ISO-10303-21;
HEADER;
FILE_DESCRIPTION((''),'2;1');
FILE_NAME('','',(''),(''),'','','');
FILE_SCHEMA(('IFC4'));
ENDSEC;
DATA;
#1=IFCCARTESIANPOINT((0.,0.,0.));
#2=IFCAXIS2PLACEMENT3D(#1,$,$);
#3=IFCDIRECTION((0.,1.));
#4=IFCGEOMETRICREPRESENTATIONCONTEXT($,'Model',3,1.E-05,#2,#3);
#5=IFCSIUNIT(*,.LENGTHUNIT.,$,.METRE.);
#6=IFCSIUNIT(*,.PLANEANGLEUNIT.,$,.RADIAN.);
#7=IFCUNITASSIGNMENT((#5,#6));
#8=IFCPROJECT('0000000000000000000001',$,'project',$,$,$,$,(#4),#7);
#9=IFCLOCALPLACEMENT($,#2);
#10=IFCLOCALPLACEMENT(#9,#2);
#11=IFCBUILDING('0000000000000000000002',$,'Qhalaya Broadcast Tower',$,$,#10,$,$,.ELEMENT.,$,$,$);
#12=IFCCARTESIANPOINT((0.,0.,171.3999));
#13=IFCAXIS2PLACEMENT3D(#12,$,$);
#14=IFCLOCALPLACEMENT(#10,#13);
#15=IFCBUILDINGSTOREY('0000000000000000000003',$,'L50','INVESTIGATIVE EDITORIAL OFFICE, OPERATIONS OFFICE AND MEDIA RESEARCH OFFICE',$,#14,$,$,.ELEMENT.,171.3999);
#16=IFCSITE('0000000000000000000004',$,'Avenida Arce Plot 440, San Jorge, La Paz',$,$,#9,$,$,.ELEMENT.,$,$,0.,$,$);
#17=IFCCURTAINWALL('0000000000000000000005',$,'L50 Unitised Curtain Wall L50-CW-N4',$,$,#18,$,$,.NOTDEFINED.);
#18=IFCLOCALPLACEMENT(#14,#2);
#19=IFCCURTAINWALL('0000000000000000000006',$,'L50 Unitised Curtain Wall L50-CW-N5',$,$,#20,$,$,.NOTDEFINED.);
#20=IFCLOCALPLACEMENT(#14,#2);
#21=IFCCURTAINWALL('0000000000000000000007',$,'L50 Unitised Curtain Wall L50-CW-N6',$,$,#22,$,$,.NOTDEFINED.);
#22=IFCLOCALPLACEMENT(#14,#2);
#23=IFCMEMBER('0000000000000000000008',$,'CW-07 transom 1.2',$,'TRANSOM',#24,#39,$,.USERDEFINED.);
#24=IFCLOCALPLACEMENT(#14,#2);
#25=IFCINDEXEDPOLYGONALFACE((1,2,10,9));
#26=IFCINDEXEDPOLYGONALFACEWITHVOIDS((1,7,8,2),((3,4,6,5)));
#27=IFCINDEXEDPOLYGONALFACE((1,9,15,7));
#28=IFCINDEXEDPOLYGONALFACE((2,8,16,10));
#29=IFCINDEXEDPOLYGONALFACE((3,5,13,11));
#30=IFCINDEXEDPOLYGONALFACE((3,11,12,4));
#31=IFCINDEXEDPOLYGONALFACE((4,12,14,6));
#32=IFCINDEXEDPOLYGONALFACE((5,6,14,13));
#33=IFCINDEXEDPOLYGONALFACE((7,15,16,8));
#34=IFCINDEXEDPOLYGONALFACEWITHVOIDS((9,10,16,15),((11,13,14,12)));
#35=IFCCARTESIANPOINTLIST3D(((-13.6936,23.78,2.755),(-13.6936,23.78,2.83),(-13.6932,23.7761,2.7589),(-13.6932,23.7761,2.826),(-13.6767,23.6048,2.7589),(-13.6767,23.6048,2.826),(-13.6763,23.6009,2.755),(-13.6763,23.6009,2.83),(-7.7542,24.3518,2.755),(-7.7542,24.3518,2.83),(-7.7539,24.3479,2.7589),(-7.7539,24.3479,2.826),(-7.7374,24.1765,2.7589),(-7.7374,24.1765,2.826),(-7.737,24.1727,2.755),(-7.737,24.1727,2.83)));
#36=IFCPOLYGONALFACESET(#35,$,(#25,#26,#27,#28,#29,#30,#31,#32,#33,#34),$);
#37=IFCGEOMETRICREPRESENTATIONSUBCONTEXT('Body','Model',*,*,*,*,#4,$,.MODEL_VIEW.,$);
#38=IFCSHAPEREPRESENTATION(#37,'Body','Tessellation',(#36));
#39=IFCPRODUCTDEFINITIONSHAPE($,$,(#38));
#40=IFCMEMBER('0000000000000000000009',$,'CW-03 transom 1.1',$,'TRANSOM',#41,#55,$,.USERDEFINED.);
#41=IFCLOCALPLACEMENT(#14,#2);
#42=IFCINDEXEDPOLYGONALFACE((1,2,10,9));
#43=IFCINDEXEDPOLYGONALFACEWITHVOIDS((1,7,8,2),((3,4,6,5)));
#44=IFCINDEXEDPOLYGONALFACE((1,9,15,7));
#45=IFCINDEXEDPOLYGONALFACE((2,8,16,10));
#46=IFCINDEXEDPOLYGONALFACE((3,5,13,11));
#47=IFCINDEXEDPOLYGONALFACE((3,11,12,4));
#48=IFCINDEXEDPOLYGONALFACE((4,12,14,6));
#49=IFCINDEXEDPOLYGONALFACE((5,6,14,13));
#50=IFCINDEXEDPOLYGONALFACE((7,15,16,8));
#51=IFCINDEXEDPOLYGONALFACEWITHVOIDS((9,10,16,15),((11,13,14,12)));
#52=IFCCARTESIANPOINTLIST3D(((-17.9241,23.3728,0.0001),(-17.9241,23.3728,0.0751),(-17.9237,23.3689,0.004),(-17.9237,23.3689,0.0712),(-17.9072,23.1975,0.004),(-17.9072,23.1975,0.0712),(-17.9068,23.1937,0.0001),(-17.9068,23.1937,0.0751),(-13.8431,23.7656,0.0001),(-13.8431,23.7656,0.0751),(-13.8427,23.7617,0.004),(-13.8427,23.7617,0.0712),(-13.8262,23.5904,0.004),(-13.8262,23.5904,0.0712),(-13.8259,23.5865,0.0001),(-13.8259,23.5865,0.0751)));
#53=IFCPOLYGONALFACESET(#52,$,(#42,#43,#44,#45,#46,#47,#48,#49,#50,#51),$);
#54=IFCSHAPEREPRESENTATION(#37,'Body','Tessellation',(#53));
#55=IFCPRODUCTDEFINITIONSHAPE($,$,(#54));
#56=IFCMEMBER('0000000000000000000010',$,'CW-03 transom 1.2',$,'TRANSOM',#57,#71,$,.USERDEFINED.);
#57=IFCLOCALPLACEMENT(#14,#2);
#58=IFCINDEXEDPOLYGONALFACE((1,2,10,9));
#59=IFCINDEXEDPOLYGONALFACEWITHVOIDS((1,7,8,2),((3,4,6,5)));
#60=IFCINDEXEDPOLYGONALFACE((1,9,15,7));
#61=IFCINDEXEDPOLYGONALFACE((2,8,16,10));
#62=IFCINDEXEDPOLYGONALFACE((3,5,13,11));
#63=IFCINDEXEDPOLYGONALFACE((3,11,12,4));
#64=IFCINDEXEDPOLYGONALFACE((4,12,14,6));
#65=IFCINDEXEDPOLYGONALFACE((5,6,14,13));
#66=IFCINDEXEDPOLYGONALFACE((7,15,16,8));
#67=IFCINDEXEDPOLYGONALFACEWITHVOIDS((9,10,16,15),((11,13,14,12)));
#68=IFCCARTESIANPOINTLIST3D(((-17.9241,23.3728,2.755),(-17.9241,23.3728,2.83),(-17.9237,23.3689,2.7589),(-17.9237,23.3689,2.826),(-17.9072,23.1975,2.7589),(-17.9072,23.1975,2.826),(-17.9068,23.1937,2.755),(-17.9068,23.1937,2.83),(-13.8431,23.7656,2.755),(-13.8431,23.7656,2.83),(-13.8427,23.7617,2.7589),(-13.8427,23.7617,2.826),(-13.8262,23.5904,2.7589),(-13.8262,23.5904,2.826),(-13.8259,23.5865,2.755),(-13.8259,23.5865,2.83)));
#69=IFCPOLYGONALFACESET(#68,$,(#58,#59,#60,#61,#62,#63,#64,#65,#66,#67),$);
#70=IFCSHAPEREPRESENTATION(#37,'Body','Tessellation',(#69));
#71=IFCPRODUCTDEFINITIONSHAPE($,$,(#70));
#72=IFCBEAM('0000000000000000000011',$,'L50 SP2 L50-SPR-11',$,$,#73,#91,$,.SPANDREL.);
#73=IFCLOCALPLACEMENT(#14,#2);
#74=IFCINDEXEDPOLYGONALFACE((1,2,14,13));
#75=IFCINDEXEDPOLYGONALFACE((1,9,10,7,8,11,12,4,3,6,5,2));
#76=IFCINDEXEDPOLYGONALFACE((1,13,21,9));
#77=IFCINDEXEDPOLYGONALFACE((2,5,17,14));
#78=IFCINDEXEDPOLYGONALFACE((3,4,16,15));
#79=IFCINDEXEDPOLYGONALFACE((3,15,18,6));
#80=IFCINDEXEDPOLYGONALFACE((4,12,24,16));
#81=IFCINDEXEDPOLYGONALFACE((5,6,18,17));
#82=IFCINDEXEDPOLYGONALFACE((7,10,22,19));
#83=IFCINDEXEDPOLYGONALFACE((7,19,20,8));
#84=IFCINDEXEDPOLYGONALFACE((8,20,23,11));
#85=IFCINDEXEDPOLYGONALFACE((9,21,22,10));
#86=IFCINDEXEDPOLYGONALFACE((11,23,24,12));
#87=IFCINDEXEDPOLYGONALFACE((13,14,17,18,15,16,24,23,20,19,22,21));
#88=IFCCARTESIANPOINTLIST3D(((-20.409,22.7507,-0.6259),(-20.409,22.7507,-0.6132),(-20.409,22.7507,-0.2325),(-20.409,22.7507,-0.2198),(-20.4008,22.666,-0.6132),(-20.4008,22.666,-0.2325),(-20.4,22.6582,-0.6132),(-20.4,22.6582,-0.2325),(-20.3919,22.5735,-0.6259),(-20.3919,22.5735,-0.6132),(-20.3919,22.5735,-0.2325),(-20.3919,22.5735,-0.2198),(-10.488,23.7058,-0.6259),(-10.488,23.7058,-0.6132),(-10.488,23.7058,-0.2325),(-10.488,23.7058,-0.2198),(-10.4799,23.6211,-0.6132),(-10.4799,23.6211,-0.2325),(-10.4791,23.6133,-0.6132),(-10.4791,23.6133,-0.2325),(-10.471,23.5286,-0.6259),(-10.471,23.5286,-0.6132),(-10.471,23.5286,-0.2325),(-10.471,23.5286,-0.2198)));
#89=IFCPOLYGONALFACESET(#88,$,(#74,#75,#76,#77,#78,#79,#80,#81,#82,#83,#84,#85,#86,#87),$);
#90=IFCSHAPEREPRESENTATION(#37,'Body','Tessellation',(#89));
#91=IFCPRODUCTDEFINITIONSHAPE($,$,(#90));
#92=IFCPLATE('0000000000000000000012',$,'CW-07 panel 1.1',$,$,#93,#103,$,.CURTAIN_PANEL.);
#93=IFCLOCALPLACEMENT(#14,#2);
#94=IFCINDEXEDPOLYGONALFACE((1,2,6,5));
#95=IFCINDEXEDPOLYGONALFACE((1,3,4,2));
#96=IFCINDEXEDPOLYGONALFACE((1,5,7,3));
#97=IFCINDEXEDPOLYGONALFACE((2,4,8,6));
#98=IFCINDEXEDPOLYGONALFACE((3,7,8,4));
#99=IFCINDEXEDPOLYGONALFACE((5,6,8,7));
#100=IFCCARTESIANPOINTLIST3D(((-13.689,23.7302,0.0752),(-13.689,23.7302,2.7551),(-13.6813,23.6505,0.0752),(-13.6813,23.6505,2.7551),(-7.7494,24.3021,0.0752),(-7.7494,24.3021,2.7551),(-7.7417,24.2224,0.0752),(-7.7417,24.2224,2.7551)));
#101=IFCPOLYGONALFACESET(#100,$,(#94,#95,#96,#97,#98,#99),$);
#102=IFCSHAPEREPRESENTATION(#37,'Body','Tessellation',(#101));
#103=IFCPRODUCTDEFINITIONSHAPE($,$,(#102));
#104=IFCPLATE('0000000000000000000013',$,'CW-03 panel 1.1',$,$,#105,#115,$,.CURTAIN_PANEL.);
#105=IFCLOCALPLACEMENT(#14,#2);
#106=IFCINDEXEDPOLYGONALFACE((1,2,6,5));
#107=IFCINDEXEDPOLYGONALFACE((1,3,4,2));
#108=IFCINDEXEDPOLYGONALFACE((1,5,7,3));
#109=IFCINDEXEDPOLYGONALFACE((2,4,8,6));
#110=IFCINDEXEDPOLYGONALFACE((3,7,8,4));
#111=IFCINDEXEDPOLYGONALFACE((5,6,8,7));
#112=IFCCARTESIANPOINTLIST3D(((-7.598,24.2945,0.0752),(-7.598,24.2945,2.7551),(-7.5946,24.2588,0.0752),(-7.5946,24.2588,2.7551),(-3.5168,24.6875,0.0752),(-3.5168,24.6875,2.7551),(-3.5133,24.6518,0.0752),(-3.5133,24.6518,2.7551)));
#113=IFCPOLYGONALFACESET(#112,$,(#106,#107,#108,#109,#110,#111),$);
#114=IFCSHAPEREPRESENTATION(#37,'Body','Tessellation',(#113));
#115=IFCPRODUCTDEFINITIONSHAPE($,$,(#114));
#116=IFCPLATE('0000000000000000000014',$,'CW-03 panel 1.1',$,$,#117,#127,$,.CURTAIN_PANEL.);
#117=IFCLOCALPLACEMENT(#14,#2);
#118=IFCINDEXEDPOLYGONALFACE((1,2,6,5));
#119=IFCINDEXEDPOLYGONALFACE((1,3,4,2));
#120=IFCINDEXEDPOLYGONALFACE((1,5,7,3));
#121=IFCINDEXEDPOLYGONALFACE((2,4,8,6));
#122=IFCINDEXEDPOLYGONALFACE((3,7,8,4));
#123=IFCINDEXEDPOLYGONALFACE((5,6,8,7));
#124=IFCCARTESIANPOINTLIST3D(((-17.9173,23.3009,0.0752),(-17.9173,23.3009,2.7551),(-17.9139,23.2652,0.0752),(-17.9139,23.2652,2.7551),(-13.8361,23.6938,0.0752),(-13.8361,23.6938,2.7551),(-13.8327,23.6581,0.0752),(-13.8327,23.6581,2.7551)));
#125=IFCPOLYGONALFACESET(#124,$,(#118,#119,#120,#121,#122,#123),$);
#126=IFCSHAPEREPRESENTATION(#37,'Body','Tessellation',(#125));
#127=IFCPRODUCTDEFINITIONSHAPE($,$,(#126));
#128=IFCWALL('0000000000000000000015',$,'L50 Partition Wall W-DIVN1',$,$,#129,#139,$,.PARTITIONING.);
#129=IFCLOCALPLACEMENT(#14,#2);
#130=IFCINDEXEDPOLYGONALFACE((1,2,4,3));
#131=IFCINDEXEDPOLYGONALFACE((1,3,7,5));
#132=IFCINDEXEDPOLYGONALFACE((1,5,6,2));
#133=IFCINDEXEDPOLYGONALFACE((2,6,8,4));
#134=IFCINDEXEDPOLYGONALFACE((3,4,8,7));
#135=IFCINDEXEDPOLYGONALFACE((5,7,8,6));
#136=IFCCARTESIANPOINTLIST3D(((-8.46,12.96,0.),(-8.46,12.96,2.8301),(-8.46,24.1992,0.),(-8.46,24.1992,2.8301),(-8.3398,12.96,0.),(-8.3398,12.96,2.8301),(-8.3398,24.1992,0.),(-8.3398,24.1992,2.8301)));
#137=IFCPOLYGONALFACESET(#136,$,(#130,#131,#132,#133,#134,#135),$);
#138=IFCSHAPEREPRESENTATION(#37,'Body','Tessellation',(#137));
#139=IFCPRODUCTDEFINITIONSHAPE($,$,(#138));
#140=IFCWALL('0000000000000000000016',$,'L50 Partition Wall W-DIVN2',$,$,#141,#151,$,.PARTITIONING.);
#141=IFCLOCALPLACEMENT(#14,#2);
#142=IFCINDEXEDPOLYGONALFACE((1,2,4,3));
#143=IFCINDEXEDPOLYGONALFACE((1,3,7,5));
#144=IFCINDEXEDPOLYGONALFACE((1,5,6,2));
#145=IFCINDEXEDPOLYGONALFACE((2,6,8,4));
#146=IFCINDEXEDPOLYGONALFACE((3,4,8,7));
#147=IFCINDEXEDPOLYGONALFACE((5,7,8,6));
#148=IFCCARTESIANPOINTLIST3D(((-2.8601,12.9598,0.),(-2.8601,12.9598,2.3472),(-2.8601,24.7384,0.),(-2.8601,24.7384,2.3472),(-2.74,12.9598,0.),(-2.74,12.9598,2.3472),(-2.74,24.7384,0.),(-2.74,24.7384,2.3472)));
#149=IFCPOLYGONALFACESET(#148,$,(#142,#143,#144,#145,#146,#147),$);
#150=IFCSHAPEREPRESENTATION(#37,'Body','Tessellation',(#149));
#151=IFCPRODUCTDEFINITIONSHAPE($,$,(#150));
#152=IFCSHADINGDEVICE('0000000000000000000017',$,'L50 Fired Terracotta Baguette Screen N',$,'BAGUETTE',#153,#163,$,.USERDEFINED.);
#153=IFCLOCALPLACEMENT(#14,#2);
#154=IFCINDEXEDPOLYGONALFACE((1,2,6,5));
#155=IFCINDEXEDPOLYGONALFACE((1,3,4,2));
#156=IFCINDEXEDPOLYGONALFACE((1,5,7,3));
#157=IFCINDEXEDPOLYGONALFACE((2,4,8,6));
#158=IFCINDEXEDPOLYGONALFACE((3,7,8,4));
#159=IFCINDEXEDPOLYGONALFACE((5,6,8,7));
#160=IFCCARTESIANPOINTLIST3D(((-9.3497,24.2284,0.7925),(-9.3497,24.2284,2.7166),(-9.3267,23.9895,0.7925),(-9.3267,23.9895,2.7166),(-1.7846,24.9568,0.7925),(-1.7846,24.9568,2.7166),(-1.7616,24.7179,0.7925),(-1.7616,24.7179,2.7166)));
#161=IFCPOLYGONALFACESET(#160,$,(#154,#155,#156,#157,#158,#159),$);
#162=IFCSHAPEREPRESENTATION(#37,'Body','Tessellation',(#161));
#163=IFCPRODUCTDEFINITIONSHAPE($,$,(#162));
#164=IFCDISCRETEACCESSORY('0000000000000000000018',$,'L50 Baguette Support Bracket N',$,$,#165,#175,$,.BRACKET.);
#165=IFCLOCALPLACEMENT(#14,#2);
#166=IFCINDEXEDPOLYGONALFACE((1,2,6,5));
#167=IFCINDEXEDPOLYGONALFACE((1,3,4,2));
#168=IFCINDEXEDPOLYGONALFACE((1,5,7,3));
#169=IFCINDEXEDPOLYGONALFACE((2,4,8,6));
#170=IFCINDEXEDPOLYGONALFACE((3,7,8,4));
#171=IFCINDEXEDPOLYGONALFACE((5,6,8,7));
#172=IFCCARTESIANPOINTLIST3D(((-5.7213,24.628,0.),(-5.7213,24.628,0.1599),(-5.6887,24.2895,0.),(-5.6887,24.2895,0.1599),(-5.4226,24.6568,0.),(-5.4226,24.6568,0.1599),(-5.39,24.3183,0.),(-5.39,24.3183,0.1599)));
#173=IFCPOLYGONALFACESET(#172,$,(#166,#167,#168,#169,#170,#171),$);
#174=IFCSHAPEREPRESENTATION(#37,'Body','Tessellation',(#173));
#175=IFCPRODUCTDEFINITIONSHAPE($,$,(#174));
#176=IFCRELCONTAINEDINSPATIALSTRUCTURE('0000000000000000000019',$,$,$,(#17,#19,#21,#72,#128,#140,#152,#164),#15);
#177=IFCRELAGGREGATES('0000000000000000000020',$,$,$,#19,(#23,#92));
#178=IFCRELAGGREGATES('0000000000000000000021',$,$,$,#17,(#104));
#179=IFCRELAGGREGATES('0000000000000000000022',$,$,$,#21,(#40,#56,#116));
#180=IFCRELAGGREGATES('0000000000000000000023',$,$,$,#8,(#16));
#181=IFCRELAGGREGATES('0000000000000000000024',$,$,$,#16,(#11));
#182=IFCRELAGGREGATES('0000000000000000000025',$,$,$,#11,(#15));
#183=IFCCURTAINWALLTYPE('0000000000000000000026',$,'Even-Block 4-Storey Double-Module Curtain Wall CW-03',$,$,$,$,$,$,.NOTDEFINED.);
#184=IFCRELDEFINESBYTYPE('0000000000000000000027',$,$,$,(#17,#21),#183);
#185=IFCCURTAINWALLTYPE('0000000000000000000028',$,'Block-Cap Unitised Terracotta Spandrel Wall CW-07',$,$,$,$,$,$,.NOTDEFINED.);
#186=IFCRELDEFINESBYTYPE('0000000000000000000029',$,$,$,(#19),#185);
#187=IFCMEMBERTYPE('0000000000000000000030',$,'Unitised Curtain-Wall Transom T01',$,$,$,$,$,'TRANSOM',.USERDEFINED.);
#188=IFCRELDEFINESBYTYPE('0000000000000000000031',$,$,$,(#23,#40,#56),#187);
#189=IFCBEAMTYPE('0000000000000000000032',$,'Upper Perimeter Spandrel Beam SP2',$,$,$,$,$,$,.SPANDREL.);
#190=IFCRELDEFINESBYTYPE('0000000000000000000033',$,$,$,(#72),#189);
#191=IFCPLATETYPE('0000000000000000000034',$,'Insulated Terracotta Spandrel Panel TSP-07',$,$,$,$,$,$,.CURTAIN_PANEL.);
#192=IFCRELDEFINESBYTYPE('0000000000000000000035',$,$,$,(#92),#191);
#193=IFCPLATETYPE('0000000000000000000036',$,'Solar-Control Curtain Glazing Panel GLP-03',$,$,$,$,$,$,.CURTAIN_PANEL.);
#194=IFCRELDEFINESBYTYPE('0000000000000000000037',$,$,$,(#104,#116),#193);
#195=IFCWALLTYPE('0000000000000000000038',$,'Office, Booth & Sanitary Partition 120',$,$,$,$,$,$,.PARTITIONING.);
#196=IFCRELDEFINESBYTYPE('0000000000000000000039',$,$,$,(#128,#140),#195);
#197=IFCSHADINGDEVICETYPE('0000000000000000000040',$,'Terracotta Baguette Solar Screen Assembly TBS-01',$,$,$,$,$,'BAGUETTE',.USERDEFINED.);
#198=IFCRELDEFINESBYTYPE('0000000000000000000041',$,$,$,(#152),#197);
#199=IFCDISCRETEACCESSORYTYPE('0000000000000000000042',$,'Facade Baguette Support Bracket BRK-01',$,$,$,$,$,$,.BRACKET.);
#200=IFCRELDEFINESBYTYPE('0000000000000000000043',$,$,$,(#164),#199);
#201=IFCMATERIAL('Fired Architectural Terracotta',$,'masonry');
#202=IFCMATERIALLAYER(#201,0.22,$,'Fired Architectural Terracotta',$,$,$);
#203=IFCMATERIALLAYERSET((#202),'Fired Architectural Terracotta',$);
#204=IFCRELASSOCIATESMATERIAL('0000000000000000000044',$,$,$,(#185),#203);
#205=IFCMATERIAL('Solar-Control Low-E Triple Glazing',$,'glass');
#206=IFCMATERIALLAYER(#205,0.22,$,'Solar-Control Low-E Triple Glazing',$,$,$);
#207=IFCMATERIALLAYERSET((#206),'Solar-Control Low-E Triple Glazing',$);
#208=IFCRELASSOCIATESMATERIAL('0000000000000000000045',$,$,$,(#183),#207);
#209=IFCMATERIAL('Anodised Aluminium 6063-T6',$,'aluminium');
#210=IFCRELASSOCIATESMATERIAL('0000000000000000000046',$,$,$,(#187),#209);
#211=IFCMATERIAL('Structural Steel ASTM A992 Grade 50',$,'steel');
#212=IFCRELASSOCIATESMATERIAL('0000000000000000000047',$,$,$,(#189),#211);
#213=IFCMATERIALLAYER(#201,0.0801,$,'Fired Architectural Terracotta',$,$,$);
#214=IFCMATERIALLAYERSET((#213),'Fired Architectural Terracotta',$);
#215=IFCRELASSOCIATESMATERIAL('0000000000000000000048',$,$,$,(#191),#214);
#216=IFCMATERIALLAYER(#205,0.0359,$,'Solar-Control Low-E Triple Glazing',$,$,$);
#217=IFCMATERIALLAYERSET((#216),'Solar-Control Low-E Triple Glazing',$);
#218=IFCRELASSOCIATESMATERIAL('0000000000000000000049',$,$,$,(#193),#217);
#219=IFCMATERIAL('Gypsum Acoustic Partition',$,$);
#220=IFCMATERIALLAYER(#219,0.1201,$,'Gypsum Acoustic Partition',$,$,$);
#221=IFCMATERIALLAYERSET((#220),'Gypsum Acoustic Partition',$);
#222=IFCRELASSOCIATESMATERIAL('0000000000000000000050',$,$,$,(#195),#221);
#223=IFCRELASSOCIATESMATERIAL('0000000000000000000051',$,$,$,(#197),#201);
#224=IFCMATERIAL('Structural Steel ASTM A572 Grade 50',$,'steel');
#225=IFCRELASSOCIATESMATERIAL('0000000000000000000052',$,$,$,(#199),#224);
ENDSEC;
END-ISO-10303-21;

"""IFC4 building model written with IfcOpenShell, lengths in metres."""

from ifc_helpers import new_model, si_unit, direction, frame, frame_2d, origin, origin_2d, place, context, subcontext, project, spatial, rectangle, hollow_rectangle, i_section, extrude, material, layer, layer_set, material_profile, profile_set, type_object, element, aggregate, save


model = new_model("IFC4")

# Units and contexts
model_context = context("Model", 3, precision=1e-05, world=origin(), true_north=direction((0.0, 1.0)))
body_context = subcontext(model_context, "Body", "Model", "MODEL_VIEW")
ifc_project = project(units=[si_unit("LENGTHUNIT", "METRE"), si_unit("PLANEANGLEUNIT", "RADIAN")], contexts=[model_context])

# Site, building, storey
site_placement = place(None, origin())
site = spatial("IfcSite", under=ifc_project, at=site_placement, Name="Avenida Arce Plot 440, San Jorge, La Paz", CompositionType="ELEMENT", RefElevation=0.0)
building_placement = place(site_placement, origin())
building = spatial("IfcBuilding", under=site, at=building_placement, Name="Qhalaya Broadcast Tower", CompositionType="ELEMENT")
storey_placement = place(building_placement, frame((0.0, 0.0, 171.3999)))
storey = spatial("IfcBuildingStorey", under=building, at=storey_placement, Name="L50", Description="INVESTIGATIVE EDITORIAL OFFICE, OPERATIONS OFFICE AND MEDIA RESEARCH OFFICE", CompositionType="ELEMENT", Elevation=171.3999)

# Shared definitions
ifc_material_1 = material(Name="Structural Steel ASTM A572 Grade 50", Category="steel")

# Shared definitions
ifc_material_2 = material(Name="Fired Architectural Terracotta", Category="masonry")
ifc_layer_1 = layer(ifc_material_2, 0.22, Name="Fired Architectural Terracotta")
ifc_layer_set_1 = layer_set([ifc_layer_1], Name="Fired Architectural Terracotta")
curtain_wall_type_1 = type_object("IfcCurtainWallType", Name="Block-Cap Unitised Terracotta Spandrel Wall CW-07", PredefinedType="NOTDEFINED", material=ifc_layer_set_1)
ifc_material_3 = material(Name="Anodised Aluminium 6063-T6", Category="aluminium")

# Curtain walls
ifc_material_4 = material(Name="Solar-Control Low-E Triple Glazing", Category="glass")
ifc_layer_2 = layer(ifc_material_4, 0.22, Name="Solar-Control Low-E Triple Glazing")
ifc_layer_set_2 = layer_set([ifc_layer_2], Name="Solar-Control Low-E Triple Glazing")
curtain_wall_type_2 = type_object("IfcCurtainWallType", Name="Even-Block 4-Storey Double-Module Curtain Wall CW-03", PredefinedType="NOTDEFINED", material=ifc_layer_set_2)
curtain_wall_1_placement = place(storey_placement, origin())
curtain_wall_1 = element("IfcCurtainWall", 1, at=curtain_wall_1_placement, inside=storey, type_object=curtain_wall_type_2, Name="L50 Unitised Curtain Wall L50-CW-N4", PredefinedType="NOTDEFINED")
curtain_wall_2_placement = place(storey_placement, origin())
curtain_wall_2 = element("IfcCurtainWall", 2, at=curtain_wall_2_placement, inside=storey, type_object=curtain_wall_type_1, Name="L50 Unitised Curtain Wall L50-CW-N5", PredefinedType="NOTDEFINED")

# Curtain wall
curtain_wall_3_placement = place(storey_placement, origin())
curtain_wall_3 = element("IfcCurtainWall", 3, at=curtain_wall_3_placement, inside=storey, type_object=curtain_wall_type_2, Name="L50 Unitised Curtain Wall L50-CW-N6", PredefinedType="NOTDEFINED")

# Members
ifc_material_profile_1 = material_profile(ifc_material_3, hollow_rectangle(XDim=0.075, YDim=0.1799, WallThickness=0.0039, at=origin_2d()), Name="ALU-TRN 75x180x4")
ifc_profile_set_1 = profile_set([ifc_material_profile_1], Name="Anodised Aluminium 6063-T6")
member_type_1 = type_object("IfcMemberType", Name="Unitised Curtain-Wall Transom T01", ElementType="TRANSOM", PredefinedType="USERDEFINED", material=ifc_profile_set_1)
member_1_placement = place(storey_placement, frame((-7.7456, 24.2622, 2.7925), z_axis=(-0.995398, -0.095825, 0.0), x_axis=(0.0, 0.0, 1.0)))
member_1 = element("IfcMember", 4, at=member_1_placement, type_object=member_type_1, Name="CW-07 transom 1.2", ObjectType="TRANSOM", PredefinedType="USERDEFINED", context=body_context, shape_type="SweptSolid", body=[
    extrude(hollow_rectangle(XDim=0.075, YDim=0.1799, WallThickness=0.0039, at=origin_2d()), origin(), (0.0, 0.0, 1.0), 5.9668),
])
member_2_placement = place(storey_placement, frame((-13.8345, 23.676, 0.0376), z_axis=(-0.995399, -0.095812, 0.0), x_axis=(0.0, 0.0, 1.0)))
member_2 = element("IfcMember", 5, at=member_2_placement, type_object=member_type_1, Name="CW-03 transom 1.1", ObjectType="TRANSOM", PredefinedType="USERDEFINED", context=body_context, shape_type="SweptSolid", body=[
    extrude(hollow_rectangle(XDim=0.075, YDim=0.1799, WallThickness=0.0039, at=origin_2d()), origin(), (0.0, 0.0, 1.0), 4.0999),
])
member_3_placement = place(storey_placement, frame((-13.8345, 23.676, 2.7925), z_axis=(-0.995399, -0.095812, 0.0), x_axis=(0.0, 0.0, 1.0)))
member_3 = element("IfcMember", 6, at=member_3_placement, type_object=member_type_1, Name="CW-03 transom 1.2", ObjectType="TRANSOM", PredefinedType="USERDEFINED", context=body_context, shape_type="SweptSolid", body=[
    extrude(hollow_rectangle(XDim=0.075, YDim=0.1799, WallThickness=0.0039, at=origin_2d()), origin(), (0.0, 0.0, 1.0), 4.0999),
])

# Beam
ifc_material_5 = material(Name="Structural Steel ASTM A992 Grade 50", Category="steel")
ifc_material_profile_2 = material_profile(ifc_material_5, i_section(OverallWidth=0.178, OverallDepth=0.406, WebThickness=0.0078, FlangeThickness=0.0127, at=origin_2d()), Name="W16X40")
ifc_profile_set_2 = profile_set([ifc_material_profile_2], Name="Structural Steel ASTM A992 Grade 50")
beam_type = type_object("IfcBeamType", Name="Upper Perimeter Spandrel Beam SP2", PredefinedType="SPANDREL", material=ifc_profile_set_2)
beam_placement = place(storey_placement, frame((-10.4795, 23.6172, -0.4229), z_axis=(-0.995398, -0.095826, 0.0), x_axis=(0.095826, -0.995398, 0.0)))
element("IfcBeam", 7, at=beam_placement, inside=storey, type_object=beam_type, Name="L50 SP2 L50-SPR-11", PredefinedType="SPANDREL", context=body_context, shape_type="SweptSolid", body=[
    extrude(i_section(OverallWidth=0.178, OverallDepth=0.406, WebThickness=0.0078, FlangeThickness=0.0127, at=origin_2d()), origin(), (0.0, 0.0, 1.0), 9.9668),
])

# Plates
ifc_layer_3 = layer(ifc_material_2, 0.0801, Name="Fired Architectural Terracotta")
ifc_layer_set_3 = layer_set([ifc_layer_3], Name="Fired Architectural Terracotta")
plate_type_1 = type_object("IfcPlateType", Name="Insulated Terracotta Spandrel Panel TSP-07", PredefinedType="CURTAIN_PANEL", material=ifc_layer_set_3)
plate_1_placement = place(storey_placement, frame((-10.7153, 23.9763, 0.0752), z_axis=(0.0, 0.0, 1.0), x_axis=(-0.995396, -0.095848, 0.0)))
plate_1 = element("IfcPlate", 8, at=plate_1_placement, type_object=plate_type_1, Name="CW-07 panel 1.1", PredefinedType="CURTAIN_PANEL", context=body_context, shape_type="SweptSolid", body=[
    extrude(rectangle(XDim=5.967, YDim=0.0801, at=origin_2d()), origin(), (0.0, 0.0, 1.0), 2.6799),
])
aggregate(curtain_wall_2, [member_1, plate_1])
ifc_layer_4 = layer(ifc_material_4, 0.0359, Name="Solar-Control Low-E Triple Glazing")
ifc_layer_set_4 = layer_set([ifc_layer_4], Name="Solar-Control Low-E Triple Glazing")
plate_type_2 = type_object("IfcPlateType", Name="Solar-Control Curtain Glazing Panel GLP-03", PredefinedType="CURTAIN_PANEL", material=ifc_layer_set_4)
plate_2_placement = place(storey_placement, frame((-5.5557, 24.4731, 0.0752), z_axis=(0.0, 0.0, 1.0), x_axis=(-0.995395, -0.095857, 0.0)))
plate_2 = element("IfcPlate", 9, at=plate_2_placement, type_object=plate_type_2, Name="CW-03 panel 1.1", PredefinedType="CURTAIN_PANEL", context=body_context, shape_type="SweptSolid", body=[
    extrude(rectangle(XDim=4.1001, YDim=0.0359, at=origin_2d()), origin(), (0.0, 0.0, 1.0), 2.6799),
])
aggregate(curtain_wall_1, [plate_2])
plate_3_placement = place(storey_placement, frame((-15.875, 23.4795, 0.0752), z_axis=(0.0, 0.0, 1.0), x_axis=(-0.995397, -0.095834, 0.0)))
plate_3 = element("IfcPlate", 10, at=plate_3_placement, type_object=plate_type_2, Name="CW-03 panel 1.1", PredefinedType="CURTAIN_PANEL", context=body_context, shape_type="SweptSolid", body=[
    extrude(rectangle(XDim=4.1001, YDim=0.0359, at=origin_2d()), origin(), (0.0, 0.0, 1.0), 2.6799),
])
aggregate(curtain_wall_3, [member_2, member_3, plate_3])

# Walls
ifc_material_6 = material(Name="Gypsum Acoustic Partition")
ifc_layer_5 = layer(ifc_material_6, 0.1201, Name="Gypsum Acoustic Partition")
ifc_layer_set_5 = layer_set([ifc_layer_5], Name="Gypsum Acoustic Partition")
wall_type = type_object("IfcWallType", Name="Office, Booth & Sanitary Partition 120", PredefinedType="PARTITIONING", material=ifc_layer_set_5)
wall_1_placement = place(storey_placement, frame((-8.3999, 12.96, 0.0), z_axis=(0.0, 0.0, 1.0), x_axis=(0.0, 1.0, 0.0)))
element("IfcWall", 11, at=wall_1_placement, inside=storey, type_object=wall_type, Name="L50 Partition Wall W-DIVN1", PredefinedType="PARTITIONING", context=body_context, shape_type="SweptSolid", body=[
    extrude(rectangle(XDim=11.2393, YDim=0.1201, at=frame_2d((5.6196, 0.0))), origin(), (0.0, 0.0, 1.0), 2.8301),
])
wall_2_placement = place(storey_placement, frame((-2.8, 12.96, 0.0), z_axis=(0.0, 0.0, 1.0), x_axis=(0.0, 1.0, 0.0)))
element("IfcWall", 12, at=wall_2_placement, inside=storey, type_object=wall_type, Name="L50 Partition Wall W-DIVN2", PredefinedType="PARTITIONING", context=body_context, shape_type="SweptSolid", body=[
    extrude(rectangle(XDim=11.7786, YDim=0.1201, at=frame_2d((5.8892, 0.0))), origin(), (0.0, 0.0, 1.0), 2.3472),
])

# Shading device
shading_device_type = type_object("IfcShadingDeviceType", Name="Terracotta Baguette Solar Screen Assembly TBS-01", ElementType="BAGUETTE", PredefinedType="USERDEFINED", material=ifc_material_2)
shading_device_placement = place(storey_placement, frame((-5.5557, 24.4731, 0.7925), z_axis=(0.0, 0.0, 1.0), x_axis=(-0.995396, -0.095846, 0.0)))
element("IfcShadingDevice", 13, at=shading_device_placement, inside=storey, type_object=shading_device_type, Name="L50 Fired Terracotta Baguette Screen N", ObjectType="BAGUETTE", PredefinedType="USERDEFINED", context=body_context, shape_type="SweptSolid", body=[
    extrude(rectangle(XDim=7.6001, YDim=0.24, at=origin_2d()), origin(), (0.0, 0.0, 1.0), 1.9241),
])

# Discrete accessory
discrete_accessory_type = type_object("IfcDiscreteAccessoryType", Name="Facade Baguette Support Bracket BRK-01", PredefinedType="BRACKET", material=ifc_material_1)
discrete_accessory_placement = place(storey_placement, frame((-5.5557, 24.4731, 0.0), z_axis=(0.0, 0.0, 1.0), x_axis=(-0.995396, -0.095846, 0.0)))
element("IfcDiscreteAccessory", 14, at=discrete_accessory_placement, inside=storey, type_object=discrete_accessory_type, Name="L50 Baguette Support Bracket N", PredefinedType="BRACKET", context=body_context, shape_type="SweptSolid", body=[
    extrude(rectangle(XDim=0.3, YDim=0.3401, at=origin_2d()), origin(), (0.0, 0.0, 1.0), 0.1599),
])

save(model, "model.ifc")
